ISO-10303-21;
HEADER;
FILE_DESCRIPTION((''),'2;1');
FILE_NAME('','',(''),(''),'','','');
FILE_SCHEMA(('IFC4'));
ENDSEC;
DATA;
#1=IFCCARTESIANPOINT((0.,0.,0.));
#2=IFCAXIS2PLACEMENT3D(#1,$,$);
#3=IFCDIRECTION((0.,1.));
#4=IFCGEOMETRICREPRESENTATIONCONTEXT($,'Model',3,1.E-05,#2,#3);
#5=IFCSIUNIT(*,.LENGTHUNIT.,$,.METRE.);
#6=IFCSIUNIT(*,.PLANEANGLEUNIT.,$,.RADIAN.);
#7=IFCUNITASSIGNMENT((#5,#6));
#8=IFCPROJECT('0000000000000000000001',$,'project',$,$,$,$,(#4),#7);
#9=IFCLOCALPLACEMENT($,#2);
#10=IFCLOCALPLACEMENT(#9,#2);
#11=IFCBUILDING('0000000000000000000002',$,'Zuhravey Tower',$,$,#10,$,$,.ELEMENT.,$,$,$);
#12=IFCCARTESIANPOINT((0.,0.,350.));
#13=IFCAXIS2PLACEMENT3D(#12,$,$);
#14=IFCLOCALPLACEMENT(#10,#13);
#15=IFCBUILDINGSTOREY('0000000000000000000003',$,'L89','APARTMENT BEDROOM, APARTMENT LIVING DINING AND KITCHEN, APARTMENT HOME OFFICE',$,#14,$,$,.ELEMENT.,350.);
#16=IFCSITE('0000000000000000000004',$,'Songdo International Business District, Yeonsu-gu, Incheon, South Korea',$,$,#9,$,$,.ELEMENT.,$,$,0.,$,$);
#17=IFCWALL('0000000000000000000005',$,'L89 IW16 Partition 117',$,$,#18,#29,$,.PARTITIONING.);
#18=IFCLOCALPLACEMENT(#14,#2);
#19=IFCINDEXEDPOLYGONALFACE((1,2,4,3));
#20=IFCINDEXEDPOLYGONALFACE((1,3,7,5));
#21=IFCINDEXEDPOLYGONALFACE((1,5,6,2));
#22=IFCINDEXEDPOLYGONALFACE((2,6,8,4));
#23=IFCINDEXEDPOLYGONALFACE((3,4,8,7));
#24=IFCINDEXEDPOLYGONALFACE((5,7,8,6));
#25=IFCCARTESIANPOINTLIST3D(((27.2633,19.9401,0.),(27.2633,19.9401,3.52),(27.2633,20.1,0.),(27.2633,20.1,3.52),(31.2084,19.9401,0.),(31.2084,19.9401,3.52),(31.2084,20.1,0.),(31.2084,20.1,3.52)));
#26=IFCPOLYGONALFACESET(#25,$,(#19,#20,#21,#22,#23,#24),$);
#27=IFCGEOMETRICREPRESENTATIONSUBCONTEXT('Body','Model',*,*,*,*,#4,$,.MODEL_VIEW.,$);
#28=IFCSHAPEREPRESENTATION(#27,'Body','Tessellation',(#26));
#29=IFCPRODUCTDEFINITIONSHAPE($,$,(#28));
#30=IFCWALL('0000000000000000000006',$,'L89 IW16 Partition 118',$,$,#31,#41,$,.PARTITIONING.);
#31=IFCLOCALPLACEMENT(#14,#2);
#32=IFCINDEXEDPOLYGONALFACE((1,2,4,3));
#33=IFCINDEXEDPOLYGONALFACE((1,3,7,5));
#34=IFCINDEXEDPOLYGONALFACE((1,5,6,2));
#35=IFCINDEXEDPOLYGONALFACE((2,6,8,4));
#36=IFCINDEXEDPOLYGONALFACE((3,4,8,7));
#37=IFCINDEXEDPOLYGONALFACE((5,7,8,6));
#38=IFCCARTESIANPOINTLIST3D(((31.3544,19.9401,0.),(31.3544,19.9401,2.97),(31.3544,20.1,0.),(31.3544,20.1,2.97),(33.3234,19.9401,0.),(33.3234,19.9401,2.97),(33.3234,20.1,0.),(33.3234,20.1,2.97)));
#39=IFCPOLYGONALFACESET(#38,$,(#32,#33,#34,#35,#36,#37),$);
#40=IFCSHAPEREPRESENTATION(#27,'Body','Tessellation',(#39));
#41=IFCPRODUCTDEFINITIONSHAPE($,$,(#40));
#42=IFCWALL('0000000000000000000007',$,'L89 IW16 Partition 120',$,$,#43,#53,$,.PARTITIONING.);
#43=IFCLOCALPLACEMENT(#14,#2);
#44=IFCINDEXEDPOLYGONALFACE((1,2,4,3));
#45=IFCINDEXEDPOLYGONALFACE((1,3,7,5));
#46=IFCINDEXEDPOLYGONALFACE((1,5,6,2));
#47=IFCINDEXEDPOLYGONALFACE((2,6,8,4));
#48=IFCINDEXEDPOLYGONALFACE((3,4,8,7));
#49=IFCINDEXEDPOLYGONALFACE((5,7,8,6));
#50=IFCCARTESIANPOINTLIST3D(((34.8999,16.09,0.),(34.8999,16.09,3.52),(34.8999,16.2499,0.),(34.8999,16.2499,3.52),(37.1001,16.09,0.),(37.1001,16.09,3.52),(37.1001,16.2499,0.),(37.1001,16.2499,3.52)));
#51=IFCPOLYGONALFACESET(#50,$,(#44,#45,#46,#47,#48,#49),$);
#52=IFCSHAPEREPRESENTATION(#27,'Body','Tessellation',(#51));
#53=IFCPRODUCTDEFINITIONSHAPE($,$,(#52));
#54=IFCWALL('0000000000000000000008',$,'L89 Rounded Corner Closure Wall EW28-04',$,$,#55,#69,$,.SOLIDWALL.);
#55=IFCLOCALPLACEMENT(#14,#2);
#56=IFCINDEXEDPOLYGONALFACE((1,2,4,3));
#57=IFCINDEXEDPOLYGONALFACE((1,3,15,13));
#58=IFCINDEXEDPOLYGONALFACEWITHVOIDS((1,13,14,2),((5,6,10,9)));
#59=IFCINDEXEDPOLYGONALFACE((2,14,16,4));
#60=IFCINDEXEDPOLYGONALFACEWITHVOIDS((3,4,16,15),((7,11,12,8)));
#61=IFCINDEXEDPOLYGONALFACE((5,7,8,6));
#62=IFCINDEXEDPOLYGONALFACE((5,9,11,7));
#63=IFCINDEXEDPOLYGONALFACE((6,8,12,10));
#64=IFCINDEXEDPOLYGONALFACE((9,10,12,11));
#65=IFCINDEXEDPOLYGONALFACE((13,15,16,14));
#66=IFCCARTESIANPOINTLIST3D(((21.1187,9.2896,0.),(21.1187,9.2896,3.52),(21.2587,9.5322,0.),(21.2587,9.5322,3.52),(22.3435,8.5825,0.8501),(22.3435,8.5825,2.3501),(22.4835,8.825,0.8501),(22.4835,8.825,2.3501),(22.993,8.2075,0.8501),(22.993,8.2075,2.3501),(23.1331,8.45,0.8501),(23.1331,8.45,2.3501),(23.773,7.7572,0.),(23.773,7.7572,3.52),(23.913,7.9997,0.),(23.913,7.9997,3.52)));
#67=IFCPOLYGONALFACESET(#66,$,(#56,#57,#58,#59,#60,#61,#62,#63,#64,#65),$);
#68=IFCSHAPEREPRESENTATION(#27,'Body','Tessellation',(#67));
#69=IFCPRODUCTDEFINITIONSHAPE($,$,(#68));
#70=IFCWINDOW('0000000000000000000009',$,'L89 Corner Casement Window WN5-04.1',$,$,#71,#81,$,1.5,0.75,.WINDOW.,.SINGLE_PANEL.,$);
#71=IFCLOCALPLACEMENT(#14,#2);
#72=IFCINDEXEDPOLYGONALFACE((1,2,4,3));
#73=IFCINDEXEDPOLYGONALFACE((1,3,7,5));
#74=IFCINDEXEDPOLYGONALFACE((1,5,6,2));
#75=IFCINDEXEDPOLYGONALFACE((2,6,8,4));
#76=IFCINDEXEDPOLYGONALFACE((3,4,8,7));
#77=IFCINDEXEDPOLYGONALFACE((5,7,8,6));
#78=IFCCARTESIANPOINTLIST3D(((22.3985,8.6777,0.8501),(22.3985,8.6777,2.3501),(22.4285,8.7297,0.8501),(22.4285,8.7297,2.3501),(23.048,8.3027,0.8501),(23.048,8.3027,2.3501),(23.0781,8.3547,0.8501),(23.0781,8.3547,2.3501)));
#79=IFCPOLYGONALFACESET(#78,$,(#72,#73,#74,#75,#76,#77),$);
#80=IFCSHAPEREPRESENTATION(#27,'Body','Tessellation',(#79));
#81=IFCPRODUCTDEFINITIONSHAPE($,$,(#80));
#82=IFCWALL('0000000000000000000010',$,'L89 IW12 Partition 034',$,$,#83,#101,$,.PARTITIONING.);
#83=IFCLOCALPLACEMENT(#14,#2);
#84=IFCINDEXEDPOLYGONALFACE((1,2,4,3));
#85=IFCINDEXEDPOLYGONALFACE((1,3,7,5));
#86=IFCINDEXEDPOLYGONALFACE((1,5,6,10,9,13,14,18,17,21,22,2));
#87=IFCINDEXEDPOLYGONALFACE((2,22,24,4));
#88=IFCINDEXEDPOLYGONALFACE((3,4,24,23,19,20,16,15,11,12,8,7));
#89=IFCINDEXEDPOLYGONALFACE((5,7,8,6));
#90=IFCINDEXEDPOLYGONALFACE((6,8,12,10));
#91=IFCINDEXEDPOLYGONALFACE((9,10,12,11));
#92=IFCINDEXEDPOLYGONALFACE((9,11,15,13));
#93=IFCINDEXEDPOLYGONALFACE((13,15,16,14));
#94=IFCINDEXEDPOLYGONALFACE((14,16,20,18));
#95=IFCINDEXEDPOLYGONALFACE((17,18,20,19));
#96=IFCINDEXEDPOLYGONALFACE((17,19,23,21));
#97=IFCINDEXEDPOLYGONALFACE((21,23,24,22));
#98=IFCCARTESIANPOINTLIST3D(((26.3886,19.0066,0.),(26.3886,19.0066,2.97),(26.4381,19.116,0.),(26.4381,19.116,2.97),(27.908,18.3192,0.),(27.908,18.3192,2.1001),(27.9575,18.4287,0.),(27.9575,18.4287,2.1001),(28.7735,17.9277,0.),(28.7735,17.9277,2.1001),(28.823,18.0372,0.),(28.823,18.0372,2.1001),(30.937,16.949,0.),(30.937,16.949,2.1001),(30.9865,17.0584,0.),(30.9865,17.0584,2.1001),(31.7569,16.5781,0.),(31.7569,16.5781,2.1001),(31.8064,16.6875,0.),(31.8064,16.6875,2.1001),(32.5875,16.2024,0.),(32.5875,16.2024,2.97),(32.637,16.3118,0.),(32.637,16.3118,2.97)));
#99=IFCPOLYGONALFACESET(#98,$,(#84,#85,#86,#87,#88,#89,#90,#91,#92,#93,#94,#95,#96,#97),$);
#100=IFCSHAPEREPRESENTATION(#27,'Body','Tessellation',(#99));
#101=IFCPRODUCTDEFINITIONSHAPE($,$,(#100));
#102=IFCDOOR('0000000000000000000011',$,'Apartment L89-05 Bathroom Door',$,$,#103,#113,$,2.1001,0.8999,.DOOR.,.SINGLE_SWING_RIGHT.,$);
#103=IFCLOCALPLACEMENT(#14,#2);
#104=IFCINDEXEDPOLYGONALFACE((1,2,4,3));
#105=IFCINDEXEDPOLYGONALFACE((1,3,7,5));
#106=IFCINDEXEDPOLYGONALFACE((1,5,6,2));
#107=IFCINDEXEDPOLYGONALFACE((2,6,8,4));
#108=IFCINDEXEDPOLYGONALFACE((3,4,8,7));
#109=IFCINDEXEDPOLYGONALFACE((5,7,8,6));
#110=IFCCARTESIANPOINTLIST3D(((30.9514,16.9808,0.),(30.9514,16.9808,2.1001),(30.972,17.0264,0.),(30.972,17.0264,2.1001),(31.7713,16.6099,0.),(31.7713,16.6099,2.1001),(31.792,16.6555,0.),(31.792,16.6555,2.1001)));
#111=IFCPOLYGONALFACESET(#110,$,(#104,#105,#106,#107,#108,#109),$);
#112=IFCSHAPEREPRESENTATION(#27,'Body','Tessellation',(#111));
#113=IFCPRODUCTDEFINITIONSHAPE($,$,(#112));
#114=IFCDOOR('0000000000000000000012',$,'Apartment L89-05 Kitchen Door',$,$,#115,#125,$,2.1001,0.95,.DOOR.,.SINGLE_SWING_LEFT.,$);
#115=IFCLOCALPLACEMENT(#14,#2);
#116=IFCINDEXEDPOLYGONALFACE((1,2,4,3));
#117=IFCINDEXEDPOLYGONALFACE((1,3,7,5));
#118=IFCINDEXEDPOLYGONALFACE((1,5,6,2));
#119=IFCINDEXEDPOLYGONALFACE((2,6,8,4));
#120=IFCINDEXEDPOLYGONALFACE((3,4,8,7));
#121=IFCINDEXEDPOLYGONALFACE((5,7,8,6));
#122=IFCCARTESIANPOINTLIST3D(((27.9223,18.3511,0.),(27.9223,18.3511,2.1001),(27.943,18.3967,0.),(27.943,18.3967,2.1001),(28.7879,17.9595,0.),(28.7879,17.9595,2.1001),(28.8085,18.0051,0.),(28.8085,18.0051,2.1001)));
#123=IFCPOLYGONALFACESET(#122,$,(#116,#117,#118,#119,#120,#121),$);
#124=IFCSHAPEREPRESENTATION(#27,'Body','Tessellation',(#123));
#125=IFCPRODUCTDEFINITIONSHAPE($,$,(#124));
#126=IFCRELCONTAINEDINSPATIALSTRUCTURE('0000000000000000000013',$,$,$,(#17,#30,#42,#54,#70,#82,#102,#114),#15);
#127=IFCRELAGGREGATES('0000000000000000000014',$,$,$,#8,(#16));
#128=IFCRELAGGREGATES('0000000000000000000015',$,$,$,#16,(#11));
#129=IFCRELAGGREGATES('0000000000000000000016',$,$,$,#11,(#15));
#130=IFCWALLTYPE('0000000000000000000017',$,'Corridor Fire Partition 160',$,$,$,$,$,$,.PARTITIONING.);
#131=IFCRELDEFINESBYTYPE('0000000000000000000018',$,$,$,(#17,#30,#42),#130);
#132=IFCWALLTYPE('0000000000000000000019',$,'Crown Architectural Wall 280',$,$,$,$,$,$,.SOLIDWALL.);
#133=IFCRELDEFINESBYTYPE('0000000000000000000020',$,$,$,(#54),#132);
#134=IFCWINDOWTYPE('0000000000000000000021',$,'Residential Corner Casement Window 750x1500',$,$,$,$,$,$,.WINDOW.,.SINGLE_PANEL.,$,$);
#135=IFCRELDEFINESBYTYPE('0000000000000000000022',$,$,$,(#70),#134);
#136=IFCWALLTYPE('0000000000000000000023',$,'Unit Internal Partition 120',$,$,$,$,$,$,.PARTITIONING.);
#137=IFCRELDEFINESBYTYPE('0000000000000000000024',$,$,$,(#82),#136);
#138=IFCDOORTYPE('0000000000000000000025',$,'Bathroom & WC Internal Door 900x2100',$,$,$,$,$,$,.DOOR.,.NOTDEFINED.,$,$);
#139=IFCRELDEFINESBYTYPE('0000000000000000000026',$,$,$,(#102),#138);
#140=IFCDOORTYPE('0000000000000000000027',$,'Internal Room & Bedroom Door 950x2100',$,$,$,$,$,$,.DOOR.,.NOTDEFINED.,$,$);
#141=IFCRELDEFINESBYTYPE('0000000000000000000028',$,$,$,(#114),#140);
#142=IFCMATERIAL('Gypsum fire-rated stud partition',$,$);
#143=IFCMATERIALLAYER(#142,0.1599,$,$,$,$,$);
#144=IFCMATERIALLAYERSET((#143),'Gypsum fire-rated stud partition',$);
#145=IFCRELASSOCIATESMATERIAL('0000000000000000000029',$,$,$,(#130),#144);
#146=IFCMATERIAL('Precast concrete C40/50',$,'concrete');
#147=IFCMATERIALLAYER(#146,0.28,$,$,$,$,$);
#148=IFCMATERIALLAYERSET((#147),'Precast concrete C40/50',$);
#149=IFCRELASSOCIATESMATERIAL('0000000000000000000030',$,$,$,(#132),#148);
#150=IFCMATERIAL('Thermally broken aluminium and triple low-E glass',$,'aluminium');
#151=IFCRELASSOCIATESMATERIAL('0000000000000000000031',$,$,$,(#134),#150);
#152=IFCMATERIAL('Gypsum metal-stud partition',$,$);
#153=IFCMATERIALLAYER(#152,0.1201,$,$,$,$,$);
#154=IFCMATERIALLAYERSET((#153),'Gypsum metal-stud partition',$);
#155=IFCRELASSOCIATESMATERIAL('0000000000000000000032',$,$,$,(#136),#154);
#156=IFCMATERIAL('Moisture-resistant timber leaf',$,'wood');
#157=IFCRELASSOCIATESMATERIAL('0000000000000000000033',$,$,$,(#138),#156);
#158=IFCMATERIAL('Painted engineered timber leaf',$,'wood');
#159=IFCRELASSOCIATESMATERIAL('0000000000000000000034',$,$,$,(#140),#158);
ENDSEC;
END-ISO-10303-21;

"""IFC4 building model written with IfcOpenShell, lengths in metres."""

from ifc_helpers import new_model, si_unit, direction, frame, frame_2d, origin, place, context, subcontext, project, spatial, rectangle, extrude, material, layer, layer_set, type_object, element, fill, save


model = new_model("IFC4")

# Units and contexts
model_context = context("Model", 3, precision=1e-05, world=origin(), true_north=direction((0.0, 1.0)))
body_context = subcontext(model_context, "Body", "Model", "MODEL_VIEW")
ifc_project = project(units=[si_unit("LENGTHUNIT", "METRE"), si_unit("PLANEANGLEUNIT", "RADIAN")], contexts=[model_context])

# Site, building, storey
site_placement = place(None, origin())
site = spatial("IfcSite", under=ifc_project, at=site_placement, Name="Songdo International Business District, Yeonsu-gu, Incheon, South Korea", CompositionType="ELEMENT", RefElevation=0.0)
building_placement = place(site_placement, origin())
building = spatial("IfcBuilding", under=site, at=building_placement, Name="Zuhravey Tower", CompositionType="ELEMENT")
storey_placement = place(building_placement, frame((0.0, 0.0, 350.0)))
storey = spatial("IfcBuildingStorey", under=building, at=storey_placement, Name="L89", Description="APARTMENT BEDROOM, APARTMENT LIVING DINING AND KITCHEN, APARTMENT HOME OFFICE", CompositionType="ELEMENT", Elevation=350.0)

# Shared definitions
ifc_material_1 = material(Name="Gypsum fire-rated stud partition")
ifc_layer_1 = layer(ifc_material_1, 0.1599)
ifc_layer_set_1 = layer_set([ifc_layer_1], Name="Gypsum fire-rated stud partition")
wall_type_1 = type_object("IfcWallType", Name="Corridor Fire Partition 160", PredefinedType="PARTITIONING", material=ifc_layer_set_1)

# Walls
wall_1_placement = place(storey_placement, frame((27.2632, 20.02, 0.0), z_axis=(0.0, 0.0, 1.0), x_axis=(1.0, 0.0, 0.0)))
element("IfcWall", 1, at=wall_1_placement, inside=storey, type_object=wall_type_1, Name="L89 IW16 Partition 117", PredefinedType="PARTITIONING", context=body_context, shape_type="SweptSolid", body=[
    extrude(rectangle(XDim=3.9451, YDim=0.1599, at=frame_2d((1.9727, 0.0))), origin(), (0.0, 0.0, 1.0), 3.52),
])
wall_2_placement = place(storey_placement, frame((31.3545, 20.02, 0.0), z_axis=(0.0, 0.0, 1.0), x_axis=(1.0, 0.0, 0.0)))
element("IfcWall", 2, at=wall_2_placement, inside=storey, type_object=wall_type_1, Name="L89 IW16 Partition 118", PredefinedType="PARTITIONING", context=body_context, shape_type="SweptSolid", body=[
    extrude(rectangle(XDim=1.969, YDim=0.1599, at=frame_2d((0.9844, 0.0))), origin(), (0.0, 0.0, 1.0), 2.97),
])
wall_3_placement = place(storey_placement, frame((34.8999, 16.1699, 0.0), z_axis=(0.0, 0.0, 1.0), x_axis=(1.0, 0.0, 0.0)))
element("IfcWall", 3, at=wall_3_placement, inside=storey, type_object=wall_type_1, Name="L89 IW16 Partition 120", PredefinedType="PARTITIONING", context=body_context, shape_type="SweptSolid", body=[
    extrude(rectangle(XDim=2.2002, YDim=0.1599, at=frame_2d((1.1001, 0.0))), origin(), (0.0, 0.0, 1.0), 3.52),
])

# Wall, opening, window
ifc_material_2 = material(Name="Precast concrete C40/50", Category="concrete")
ifc_layer_2 = layer(ifc_material_2, 0.28)
ifc_layer_set_2 = layer_set([ifc_layer_2], Name="Precast concrete C40/50")
wall_type_2 = type_object("IfcWallType", Name="Crown Architectural Wall 280", PredefinedType="SOLIDWALL", material=ifc_layer_set_2)
wall_4_placement = place(storey_placement, frame((23.843, 7.8784, 0.0), z_axis=(0.0, 0.0, 1.0), x_axis=(-0.866024, 0.500003, 0.0)))
wall_4 = element("IfcWall", 4, at=wall_4_placement, inside=storey, type_object=wall_type_2, Name="L89 Rounded Corner Closure Wall EW28-04", PredefinedType="SOLIDWALL", context=body_context, shape_type="SweptSolid", body=[
    extrude(rectangle(XDim=3.0649, YDim=0.28, at=frame_2d((1.5325, 0.0))), origin(), (0.0, 0.0, 1.0), 3.52),
])
opening_1_placement = place(wall_4_placement, frame((0.9006, 0.0, 0.8501)))
opening_1 = element("IfcOpeningElement", 5, at=opening_1_placement, cuts=wall_4, PredefinedType="OPENING", context=body_context, shape_type="SweptSolid", body=[
    extrude(rectangle(XDim=0.75, YDim=1.5, at=frame_2d((0.375, 0.75))), frame((0.0, 0.1521, 0.0), z_axis=(0.0, -1.0, 0.0), x_axis=(1.0, 0.0, 0.0)), (0.0, 0.0, 1.0), 0.304),
])
ifc_material_3 = material(Name="Thermally broken aluminium and triple low-E glass", Category="aluminium")
window_type = type_object("IfcWindowType", Name="Residential Corner Casement Window 750x1500", PartitioningType="SINGLE_PANEL", PredefinedType="WINDOW", material=ifc_material_3)
window_placement = place(opening_1_placement, origin())
window = element("IfcWindow", 6, at=window_placement, inside=storey, type_object=window_type, Name="L89 Corner Casement Window WN5-04.1", OverallHeight=1.5, OverallWidth=0.75, PartitioningType="SINGLE_PANEL", PredefinedType="WINDOW", context=body_context, shape_type="SweptSolid", body=[
    extrude(rectangle(XDim=0.75, YDim=1.5, at=frame_2d((0.375, 0.75))), frame((0.0, 0.03, 0.0), z_axis=(0.0, -1.0, 0.0), x_axis=(1.0, 0.0, 0.0)), (0.0, 0.0, 1.0), 0.0601),
])
fill(opening_1, window)

# Wall, openings, doors
ifc_material_4 = material(Name="Gypsum metal-stud partition")
ifc_layer_3 = layer(ifc_material_4, 0.1201)
ifc_layer_set_3 = layer_set([ifc_layer_3], Name="Gypsum metal-stud partition")
wall_type_3 = type_object("IfcWallType", Name="Unit Internal Partition 120", PredefinedType="PARTITIONING", material=ifc_layer_set_3)
wall_5_placement = place(storey_placement, frame((26.4133, 19.0613, 0.0), z_axis=(0.0, 0.0, 1.0), x_axis=(0.911113, -0.412156, 0.0)))
wall_5 = element("IfcWall", 7, at=wall_5_placement, inside=storey, type_object=wall_type_3, Name="L89 IW12 Partition 034", PredefinedType="PARTITIONING", context=body_context, shape_type="SweptSolid", body=[
    extrude(rectangle(XDim=6.8037, YDim=0.1201, at=frame_2d((3.4019, 0.0))), origin(), (0.0, 0.0, 1.0), 2.97),
])
opening_2_placement = place(wall_5_placement, frame((1.6675, 0.0, 0.0)))
opening_2 = element("IfcOpeningElement", 8, at=opening_2_placement, cuts=wall_5, PredefinedType="OPENING", context=body_context, shape_type="SweptSolid", body=[
    extrude(rectangle(XDim=0.95, YDim=2.1001, at=frame_2d((0.4751, 1.05))), frame((0.0, 0.072, 0.0), z_axis=(0.0, -1.0, 0.0), x_axis=(1.0, 0.0, 0.0)), (0.0, 0.0, 1.0), 0.144),
])
opening_3_placement = place(wall_5_placement, frame((4.9922, 0.0, 0.0)))
opening_3 = element("IfcOpeningElement", 9, at=opening_3_placement, cuts=wall_5, PredefinedType="OPENING", context=body_context, shape_type="SweptSolid", body=[
    extrude(rectangle(XDim=0.8999, YDim=2.1001, at=frame_2d((0.45, 1.05))), frame((0.0, 0.072, 0.0), z_axis=(0.0, -1.0, 0.0), x_axis=(1.0, 0.0, 0.0)), (0.0, 0.0, 1.0), 0.144),
])
ifc_material_5 = material(Name="Moisture-resistant timber leaf", Category="wood")
door_type_1 = type_object("IfcDoorType", Name="Bathroom & WC Internal Door 900x2100", OperationType="NOTDEFINED", PredefinedType="DOOR", material=ifc_material_5)
door_1_placement = place(opening_3_placement, origin())
door_1 = element("IfcDoor", 10, at=door_1_placement, inside=storey, type_object=door_type_1, Name="Apartment L89-05 Bathroom Door", OperationType="SINGLE_SWING_RIGHT", OverallHeight=2.1001, OverallWidth=0.8999, PredefinedType="DOOR", context=body_context, shape_type="SweptSolid", body=[
    extrude(rectangle(XDim=0.8999, YDim=2.1001, at=frame_2d((0.45, 1.05))), frame((0.0, 0.0249, 0.0), z_axis=(0.0, -1.0, 0.0), x_axis=(1.0, 0.0, 0.0)), (0.0, 0.0, 1.0), 0.05),
])
fill(opening_3, door_1)
ifc_material_6 = material(Name="Painted engineered timber leaf", Category="wood")
door_type_2 = type_object("IfcDoorType", Name="Internal Room & Bedroom Door 950x2100", OperationType="NOTDEFINED", PredefinedType="DOOR", material=ifc_material_6)
door_2_placement = place(opening_2_placement, origin())
door_2 = element("IfcDoor", 11, at=door_2_placement, inside=storey, type_object=door_type_2, Name="Apartment L89-05 Kitchen Door", OperationType="SINGLE_SWING_LEFT", OverallHeight=2.1001, OverallWidth=0.95, PredefinedType="DOOR", context=body_context, shape_type="SweptSolid", body=[
    extrude(rectangle(XDim=0.95, YDim=2.1001, at=frame_2d((0.4751, 1.05))), frame((0.0, 0.0249, 0.0), z_axis=(0.0, -1.0, 0.0), x_axis=(1.0, 0.0, 0.0)), (0.0, 0.0, 1.0), 0.05),
])
fill(opening_2, door_2)

save(model, "model.ifc")
